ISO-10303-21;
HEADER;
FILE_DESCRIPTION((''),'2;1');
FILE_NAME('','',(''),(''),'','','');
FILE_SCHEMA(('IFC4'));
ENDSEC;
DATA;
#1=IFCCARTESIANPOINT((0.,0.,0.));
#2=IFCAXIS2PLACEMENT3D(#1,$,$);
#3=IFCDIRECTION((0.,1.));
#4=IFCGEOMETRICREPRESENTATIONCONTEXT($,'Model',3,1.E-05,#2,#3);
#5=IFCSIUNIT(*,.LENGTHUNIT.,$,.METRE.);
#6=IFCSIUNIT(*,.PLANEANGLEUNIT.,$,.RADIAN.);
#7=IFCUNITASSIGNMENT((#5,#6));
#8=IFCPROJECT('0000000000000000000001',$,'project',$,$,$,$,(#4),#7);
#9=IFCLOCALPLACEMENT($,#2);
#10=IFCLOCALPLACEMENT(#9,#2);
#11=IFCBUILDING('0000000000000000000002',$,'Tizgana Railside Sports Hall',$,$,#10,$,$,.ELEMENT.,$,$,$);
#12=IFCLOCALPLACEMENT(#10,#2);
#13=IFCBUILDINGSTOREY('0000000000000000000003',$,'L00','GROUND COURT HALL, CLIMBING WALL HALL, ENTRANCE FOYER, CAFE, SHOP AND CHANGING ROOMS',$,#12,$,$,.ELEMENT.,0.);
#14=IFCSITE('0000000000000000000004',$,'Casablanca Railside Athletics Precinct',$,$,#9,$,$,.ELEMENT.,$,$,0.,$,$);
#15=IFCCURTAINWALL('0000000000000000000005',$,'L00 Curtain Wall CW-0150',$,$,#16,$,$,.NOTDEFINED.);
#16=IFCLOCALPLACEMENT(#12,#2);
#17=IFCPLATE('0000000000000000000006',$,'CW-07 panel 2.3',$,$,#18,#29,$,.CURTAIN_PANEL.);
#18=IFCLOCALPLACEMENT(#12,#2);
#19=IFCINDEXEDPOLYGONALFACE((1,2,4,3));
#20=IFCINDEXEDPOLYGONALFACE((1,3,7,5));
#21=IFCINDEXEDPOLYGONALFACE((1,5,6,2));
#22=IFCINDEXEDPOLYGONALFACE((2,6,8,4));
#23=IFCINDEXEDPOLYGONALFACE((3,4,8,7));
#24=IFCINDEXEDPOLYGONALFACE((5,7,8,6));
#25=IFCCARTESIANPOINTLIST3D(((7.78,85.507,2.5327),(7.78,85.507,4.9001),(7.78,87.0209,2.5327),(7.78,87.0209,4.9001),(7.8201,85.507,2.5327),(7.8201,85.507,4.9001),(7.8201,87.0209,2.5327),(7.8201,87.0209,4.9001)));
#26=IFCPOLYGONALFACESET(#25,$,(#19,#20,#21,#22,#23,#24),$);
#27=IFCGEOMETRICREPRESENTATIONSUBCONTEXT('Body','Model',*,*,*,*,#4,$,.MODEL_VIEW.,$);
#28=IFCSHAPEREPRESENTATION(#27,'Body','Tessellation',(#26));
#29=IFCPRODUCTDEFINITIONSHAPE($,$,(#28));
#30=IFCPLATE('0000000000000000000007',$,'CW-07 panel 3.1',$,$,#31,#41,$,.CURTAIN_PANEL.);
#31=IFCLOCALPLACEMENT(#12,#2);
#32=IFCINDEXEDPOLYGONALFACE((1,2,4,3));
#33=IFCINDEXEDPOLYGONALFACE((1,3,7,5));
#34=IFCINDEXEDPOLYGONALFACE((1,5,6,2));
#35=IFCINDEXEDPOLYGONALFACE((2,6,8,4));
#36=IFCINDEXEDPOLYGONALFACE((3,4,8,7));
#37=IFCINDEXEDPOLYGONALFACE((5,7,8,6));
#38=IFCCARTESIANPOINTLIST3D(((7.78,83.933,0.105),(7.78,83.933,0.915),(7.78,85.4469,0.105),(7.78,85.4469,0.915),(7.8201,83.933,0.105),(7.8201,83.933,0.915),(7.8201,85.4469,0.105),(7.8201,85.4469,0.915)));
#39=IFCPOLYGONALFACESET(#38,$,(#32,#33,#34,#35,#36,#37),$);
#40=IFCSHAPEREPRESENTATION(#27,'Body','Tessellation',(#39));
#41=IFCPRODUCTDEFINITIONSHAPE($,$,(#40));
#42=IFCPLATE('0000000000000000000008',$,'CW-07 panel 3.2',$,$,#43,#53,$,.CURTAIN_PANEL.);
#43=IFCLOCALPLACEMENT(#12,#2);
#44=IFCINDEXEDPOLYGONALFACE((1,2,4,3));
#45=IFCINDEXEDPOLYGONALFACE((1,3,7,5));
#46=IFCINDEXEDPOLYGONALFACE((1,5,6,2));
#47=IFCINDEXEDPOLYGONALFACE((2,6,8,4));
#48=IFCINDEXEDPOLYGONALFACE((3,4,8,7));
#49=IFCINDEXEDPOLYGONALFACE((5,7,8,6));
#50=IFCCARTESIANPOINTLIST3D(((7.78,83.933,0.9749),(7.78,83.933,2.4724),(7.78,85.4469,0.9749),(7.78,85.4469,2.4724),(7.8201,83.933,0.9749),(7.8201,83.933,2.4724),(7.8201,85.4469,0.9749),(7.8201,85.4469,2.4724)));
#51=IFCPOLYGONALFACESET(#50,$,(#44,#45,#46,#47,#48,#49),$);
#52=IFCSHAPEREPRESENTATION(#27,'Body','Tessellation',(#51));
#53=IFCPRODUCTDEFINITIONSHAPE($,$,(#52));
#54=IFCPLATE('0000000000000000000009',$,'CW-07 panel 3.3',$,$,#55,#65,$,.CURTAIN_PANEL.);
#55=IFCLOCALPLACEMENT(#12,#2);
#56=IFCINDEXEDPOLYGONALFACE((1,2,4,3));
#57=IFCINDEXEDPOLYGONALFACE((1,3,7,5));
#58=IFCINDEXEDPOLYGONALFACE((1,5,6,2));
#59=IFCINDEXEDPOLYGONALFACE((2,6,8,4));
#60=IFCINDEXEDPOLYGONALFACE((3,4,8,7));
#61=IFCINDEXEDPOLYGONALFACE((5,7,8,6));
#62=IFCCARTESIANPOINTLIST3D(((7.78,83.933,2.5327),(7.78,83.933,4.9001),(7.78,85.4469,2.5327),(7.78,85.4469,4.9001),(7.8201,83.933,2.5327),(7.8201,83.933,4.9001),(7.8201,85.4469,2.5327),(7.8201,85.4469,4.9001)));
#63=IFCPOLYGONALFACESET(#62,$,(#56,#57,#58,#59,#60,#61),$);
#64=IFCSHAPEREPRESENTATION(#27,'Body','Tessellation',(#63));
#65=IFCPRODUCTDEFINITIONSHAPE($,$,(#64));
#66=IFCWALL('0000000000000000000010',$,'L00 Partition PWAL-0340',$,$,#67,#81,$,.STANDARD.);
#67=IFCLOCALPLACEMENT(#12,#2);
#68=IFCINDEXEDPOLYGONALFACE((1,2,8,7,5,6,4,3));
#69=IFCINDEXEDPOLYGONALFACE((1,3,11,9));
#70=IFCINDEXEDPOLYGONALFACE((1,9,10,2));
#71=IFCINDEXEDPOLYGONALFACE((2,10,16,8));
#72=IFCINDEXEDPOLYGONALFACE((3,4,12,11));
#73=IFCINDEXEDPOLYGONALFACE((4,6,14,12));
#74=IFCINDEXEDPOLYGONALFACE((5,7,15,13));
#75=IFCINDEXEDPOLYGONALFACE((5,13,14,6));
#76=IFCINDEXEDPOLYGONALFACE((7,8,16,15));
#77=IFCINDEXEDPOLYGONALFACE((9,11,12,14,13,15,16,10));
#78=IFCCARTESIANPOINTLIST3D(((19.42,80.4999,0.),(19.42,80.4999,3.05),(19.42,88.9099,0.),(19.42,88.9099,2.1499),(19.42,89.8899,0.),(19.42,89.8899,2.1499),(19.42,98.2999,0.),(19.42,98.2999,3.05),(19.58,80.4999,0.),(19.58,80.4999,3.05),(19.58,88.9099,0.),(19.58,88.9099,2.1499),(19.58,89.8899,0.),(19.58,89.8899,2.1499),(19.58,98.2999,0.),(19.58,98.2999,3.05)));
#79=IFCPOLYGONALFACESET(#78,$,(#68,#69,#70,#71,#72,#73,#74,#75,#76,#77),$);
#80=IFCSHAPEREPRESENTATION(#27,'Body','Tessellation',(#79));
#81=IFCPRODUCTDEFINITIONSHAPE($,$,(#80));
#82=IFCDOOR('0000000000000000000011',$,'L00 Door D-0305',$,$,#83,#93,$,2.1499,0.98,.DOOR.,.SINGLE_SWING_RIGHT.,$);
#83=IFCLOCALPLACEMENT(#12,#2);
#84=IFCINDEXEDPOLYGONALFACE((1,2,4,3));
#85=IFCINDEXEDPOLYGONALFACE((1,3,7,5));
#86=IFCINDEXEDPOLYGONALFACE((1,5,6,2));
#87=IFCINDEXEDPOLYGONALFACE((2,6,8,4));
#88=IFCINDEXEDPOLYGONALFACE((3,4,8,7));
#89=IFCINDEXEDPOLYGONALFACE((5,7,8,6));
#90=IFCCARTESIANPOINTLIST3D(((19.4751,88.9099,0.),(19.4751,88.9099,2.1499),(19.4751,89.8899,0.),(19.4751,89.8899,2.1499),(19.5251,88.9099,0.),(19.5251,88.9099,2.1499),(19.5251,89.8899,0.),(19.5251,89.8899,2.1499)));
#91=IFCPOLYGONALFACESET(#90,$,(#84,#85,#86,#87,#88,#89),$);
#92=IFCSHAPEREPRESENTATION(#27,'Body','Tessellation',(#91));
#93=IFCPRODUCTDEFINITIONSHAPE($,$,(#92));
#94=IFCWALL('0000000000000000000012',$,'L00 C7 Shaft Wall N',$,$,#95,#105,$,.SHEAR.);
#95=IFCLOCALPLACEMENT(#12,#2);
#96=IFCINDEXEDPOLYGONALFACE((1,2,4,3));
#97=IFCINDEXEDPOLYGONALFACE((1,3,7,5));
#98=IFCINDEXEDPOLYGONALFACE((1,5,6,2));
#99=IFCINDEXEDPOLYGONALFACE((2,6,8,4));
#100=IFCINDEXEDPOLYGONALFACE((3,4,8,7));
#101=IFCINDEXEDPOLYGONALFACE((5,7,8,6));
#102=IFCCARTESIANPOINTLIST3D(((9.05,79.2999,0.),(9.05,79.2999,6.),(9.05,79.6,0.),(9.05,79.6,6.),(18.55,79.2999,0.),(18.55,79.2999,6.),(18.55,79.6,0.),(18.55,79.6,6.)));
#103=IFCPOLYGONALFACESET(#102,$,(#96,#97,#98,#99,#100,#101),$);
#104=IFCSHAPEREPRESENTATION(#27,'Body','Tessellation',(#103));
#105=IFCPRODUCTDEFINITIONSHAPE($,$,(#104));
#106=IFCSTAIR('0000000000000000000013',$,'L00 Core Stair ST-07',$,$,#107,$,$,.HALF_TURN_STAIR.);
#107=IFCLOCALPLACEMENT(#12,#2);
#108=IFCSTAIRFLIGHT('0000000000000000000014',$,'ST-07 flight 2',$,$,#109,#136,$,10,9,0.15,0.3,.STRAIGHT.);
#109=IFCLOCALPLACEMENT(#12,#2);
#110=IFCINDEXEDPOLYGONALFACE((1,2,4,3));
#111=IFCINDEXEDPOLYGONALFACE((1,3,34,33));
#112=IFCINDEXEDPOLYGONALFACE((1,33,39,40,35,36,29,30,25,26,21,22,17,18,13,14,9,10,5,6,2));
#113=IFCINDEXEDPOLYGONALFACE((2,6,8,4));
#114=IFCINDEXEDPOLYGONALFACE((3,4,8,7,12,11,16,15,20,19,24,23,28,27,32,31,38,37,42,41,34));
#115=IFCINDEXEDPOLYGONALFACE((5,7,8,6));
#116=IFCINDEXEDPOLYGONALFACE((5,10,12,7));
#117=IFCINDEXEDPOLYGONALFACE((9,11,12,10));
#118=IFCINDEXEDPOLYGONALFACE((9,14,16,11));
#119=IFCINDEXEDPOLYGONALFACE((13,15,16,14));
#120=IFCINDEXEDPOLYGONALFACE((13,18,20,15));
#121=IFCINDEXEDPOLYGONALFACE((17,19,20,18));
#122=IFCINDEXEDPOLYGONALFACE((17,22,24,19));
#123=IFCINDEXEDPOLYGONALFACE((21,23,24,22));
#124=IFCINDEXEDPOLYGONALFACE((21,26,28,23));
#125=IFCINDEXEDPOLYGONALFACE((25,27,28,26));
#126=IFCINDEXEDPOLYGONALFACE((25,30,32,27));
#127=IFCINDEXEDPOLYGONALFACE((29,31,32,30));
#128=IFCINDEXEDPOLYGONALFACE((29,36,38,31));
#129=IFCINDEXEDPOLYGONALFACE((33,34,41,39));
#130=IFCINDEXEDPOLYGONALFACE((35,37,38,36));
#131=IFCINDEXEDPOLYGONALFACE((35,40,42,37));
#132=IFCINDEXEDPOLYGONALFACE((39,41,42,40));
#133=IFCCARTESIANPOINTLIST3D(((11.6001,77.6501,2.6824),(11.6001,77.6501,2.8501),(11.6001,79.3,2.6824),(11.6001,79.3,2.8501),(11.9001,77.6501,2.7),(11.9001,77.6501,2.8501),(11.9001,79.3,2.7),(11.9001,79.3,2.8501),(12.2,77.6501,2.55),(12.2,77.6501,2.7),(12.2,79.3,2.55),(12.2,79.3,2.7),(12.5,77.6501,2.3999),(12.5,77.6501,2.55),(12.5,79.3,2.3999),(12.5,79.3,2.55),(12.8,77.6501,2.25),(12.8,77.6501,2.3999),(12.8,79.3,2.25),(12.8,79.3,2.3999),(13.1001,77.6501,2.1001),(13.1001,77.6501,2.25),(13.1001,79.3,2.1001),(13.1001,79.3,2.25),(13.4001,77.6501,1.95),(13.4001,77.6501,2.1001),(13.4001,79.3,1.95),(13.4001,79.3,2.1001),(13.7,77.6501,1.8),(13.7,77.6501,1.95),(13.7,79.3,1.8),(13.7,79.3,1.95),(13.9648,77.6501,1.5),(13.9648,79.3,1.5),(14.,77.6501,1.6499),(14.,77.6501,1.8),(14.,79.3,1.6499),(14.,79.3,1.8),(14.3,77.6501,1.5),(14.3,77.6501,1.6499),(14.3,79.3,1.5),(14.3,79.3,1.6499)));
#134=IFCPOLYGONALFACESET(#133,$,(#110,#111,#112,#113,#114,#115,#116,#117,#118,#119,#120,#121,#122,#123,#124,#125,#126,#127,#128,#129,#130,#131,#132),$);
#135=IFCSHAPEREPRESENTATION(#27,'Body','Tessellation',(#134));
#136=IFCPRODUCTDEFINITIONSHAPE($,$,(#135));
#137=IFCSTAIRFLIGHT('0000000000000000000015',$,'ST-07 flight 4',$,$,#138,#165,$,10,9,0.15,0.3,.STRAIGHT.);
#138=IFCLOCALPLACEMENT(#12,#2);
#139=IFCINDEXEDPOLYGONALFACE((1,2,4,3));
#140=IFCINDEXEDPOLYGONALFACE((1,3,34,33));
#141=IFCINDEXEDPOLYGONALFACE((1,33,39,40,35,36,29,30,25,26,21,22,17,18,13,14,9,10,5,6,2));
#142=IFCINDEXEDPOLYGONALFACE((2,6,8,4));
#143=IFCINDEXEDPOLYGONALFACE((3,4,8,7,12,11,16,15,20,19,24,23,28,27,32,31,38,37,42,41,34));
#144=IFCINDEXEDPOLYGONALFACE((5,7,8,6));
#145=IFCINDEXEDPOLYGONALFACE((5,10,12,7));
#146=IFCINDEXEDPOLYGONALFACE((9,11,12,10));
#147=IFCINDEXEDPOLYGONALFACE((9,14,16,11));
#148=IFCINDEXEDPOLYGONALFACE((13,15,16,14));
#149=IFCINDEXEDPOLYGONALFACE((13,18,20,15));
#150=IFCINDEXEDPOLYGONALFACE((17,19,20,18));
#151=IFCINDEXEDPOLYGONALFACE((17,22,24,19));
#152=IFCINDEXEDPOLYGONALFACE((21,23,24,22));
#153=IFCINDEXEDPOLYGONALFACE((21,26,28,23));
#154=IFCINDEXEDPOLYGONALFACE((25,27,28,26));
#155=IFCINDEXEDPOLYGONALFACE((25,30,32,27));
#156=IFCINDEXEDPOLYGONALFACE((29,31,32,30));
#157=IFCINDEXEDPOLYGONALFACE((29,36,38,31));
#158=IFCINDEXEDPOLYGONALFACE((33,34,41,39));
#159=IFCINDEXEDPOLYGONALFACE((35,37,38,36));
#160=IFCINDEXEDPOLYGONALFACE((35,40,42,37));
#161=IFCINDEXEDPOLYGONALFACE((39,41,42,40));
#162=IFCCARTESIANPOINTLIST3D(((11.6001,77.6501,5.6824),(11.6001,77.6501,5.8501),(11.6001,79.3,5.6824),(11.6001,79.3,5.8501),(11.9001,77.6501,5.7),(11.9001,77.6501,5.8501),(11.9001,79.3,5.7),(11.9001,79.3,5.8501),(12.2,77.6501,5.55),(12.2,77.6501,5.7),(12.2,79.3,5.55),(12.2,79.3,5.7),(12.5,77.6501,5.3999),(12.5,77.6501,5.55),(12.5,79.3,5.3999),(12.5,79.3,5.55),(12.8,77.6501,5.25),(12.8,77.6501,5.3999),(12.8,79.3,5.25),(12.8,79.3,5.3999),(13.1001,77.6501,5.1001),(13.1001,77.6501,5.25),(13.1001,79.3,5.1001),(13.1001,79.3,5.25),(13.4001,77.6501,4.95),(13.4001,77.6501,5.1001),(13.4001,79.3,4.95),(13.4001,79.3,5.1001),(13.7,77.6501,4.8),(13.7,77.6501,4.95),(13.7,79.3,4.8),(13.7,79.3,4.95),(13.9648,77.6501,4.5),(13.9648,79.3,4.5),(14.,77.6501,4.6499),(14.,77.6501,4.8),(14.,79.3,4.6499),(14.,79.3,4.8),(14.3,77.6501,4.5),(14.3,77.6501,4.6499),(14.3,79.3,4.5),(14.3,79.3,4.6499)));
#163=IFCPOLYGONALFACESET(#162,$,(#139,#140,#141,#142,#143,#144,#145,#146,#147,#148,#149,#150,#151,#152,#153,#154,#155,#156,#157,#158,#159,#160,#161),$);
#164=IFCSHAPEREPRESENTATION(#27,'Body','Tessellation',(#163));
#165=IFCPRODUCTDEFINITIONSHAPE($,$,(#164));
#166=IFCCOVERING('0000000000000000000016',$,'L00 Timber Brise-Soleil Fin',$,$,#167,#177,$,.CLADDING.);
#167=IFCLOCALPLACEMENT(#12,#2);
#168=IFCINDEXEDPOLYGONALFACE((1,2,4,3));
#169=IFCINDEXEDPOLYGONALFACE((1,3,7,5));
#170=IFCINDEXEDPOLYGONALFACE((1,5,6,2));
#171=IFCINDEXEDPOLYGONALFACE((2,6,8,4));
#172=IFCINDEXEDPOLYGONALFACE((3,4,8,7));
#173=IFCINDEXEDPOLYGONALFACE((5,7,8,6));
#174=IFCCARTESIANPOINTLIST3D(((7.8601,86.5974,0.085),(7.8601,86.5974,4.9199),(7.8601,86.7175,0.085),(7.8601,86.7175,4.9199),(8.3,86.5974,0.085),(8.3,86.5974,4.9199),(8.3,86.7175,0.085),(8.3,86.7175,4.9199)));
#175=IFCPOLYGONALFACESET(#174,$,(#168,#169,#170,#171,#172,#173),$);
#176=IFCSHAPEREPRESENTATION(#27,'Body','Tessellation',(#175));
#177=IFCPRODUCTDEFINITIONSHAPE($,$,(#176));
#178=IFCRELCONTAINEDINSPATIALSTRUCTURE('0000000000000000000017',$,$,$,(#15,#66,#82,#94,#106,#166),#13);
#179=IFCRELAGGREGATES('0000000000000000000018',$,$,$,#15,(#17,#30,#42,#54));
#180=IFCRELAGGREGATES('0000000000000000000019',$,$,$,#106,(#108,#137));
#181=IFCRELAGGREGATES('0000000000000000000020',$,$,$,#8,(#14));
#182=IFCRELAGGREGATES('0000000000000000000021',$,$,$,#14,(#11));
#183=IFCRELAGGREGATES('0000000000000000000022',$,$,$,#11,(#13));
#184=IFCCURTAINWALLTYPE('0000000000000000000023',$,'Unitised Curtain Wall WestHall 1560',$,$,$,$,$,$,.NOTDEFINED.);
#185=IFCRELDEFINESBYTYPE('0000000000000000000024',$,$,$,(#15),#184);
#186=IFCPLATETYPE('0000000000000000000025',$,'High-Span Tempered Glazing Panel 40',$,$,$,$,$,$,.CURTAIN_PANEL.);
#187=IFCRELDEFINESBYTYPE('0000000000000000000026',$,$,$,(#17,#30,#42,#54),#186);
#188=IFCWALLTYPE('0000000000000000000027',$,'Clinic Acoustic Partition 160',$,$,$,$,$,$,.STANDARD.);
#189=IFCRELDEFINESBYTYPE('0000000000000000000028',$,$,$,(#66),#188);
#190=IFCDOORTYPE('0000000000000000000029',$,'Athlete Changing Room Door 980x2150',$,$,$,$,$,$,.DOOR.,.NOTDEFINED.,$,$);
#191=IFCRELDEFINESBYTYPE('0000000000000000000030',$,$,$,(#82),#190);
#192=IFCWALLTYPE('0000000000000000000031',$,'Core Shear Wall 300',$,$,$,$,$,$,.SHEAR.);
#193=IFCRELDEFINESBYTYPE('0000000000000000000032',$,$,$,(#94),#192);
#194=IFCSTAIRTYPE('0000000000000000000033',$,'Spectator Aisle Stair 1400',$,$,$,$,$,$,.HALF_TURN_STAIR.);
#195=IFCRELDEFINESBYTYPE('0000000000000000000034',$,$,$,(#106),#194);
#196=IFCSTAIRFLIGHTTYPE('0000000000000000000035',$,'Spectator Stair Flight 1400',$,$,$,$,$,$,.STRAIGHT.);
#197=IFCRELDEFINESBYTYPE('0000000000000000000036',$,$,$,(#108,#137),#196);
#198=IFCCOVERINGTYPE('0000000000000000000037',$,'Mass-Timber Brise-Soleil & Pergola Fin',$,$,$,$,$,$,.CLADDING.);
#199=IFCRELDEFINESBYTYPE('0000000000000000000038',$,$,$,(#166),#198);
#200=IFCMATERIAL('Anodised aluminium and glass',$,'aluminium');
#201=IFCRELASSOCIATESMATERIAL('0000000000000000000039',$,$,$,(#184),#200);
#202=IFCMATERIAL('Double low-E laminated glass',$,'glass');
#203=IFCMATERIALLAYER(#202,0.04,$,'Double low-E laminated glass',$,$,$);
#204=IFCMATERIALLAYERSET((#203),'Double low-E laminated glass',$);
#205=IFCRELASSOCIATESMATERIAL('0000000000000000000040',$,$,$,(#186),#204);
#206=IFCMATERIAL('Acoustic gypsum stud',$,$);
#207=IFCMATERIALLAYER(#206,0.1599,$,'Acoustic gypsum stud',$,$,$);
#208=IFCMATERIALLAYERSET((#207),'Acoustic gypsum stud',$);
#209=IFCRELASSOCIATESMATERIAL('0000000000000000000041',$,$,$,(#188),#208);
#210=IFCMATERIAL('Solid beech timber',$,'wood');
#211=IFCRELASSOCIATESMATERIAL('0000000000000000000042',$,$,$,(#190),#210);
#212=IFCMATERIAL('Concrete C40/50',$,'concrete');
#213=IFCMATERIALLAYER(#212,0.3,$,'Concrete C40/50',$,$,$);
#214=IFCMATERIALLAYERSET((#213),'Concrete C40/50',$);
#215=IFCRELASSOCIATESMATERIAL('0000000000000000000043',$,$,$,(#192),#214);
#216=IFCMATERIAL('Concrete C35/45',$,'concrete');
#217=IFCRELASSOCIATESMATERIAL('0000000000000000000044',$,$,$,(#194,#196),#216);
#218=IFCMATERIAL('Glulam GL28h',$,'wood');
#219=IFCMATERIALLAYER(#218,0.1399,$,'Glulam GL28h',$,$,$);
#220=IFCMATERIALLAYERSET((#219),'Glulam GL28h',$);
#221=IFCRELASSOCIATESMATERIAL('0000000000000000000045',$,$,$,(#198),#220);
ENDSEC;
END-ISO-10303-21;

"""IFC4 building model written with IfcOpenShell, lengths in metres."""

from ifc_helpers import new_model, si_unit, direction, frame, frame_2d, origin, origin_2d, place, context, subcontext, project, spatial, polyline, rectangle, outline, extrude, material, layer, layer_set, type_object, element, fill, aggregate, save


model = new_model("IFC4")

# Units and contexts
model_context = context("Model", 3, precision=1e-05, world=origin(), true_north=direction((0.0, 1.0)))
body_context = subcontext(model_context, "Body", "Model", "MODEL_VIEW")
ifc_project = project(units=[si_unit("LENGTHUNIT", "METRE"), si_unit("PLANEANGLEUNIT", "RADIAN")], contexts=[model_context])

# Site, building, storey
site_placement = place(None, origin())
site = spatial("IfcSite", under=ifc_project, at=site_placement, Name="Casablanca Railside Athletics Precinct", CompositionType="ELEMENT", RefElevation=0.0)
building_placement = place(site_placement, origin())
building = spatial("IfcBuilding", under=site, at=building_placement, Name="Tizgana Railside Sports Hall", CompositionType="ELEMENT")
storey_placement = place(building_placement, origin())
storey = spatial("IfcBuildingStorey", under=building, at=storey_placement, Name="L00", Description="GROUND COURT HALL, CLIMBING WALL HALL, ENTRANCE FOYER, CAFE, SHOP AND CHANGING ROOMS", CompositionType="ELEMENT", Elevation=0.0)

# Shared definitions
ifc_material_1 = material(Name="Concrete C40/50", Category="concrete")

# Shared definitions
ifc_material_2 = material(Name="Concrete C35/45", Category="concrete")

# Curtain wall, plates
ifc_material_3 = material(Name="Anodised aluminium and glass", Category="aluminium")
curtain_wall_type = type_object("IfcCurtainWallType", Name="Unitised Curtain Wall WestHall 1560", PredefinedType="NOTDEFINED", material=ifc_material_3)
curtain_wall_placement = place(storey_placement, origin())
curtain_wall = element("IfcCurtainWall", 1, at=curtain_wall_placement, inside=storey, type_object=curtain_wall_type, Name="L00 Curtain Wall CW-0150", PredefinedType="NOTDEFINED")
ifc_material_4 = material(Name="Double low-E laminated glass", Category="glass")
ifc_layer_1 = layer(ifc_material_4, 0.04, Name="Double low-E laminated glass")
ifc_layer_set_1 = layer_set([ifc_layer_1], Name="Double low-E laminated glass")
plate_type = type_object("IfcPlateType", Name="High-Span Tempered Glazing Panel 40", PredefinedType="CURTAIN_PANEL", material=ifc_layer_set_1)
plate_1_placement = place(storey_placement, frame((7.8, 86.2639, 2.5327), z_axis=(0.0, 0.0, 1.0), x_axis=(0.0, -1.0, 0.0)))
plate_1 = element("IfcPlate", 2, at=plate_1_placement, type_object=plate_type, Name="CW-07 panel 2.3", PredefinedType="CURTAIN_PANEL", context=body_context, shape_type="SweptSolid", body=[
    extrude(rectangle(XDim=1.5139, YDim=0.04, at=origin_2d()), origin(), (0.0, 0.0, 1.0), 2.3674),
])
plate_2_placement = place(storey_placement, frame((7.8, 84.6899, 0.105), z_axis=(0.0, 0.0, 1.0), x_axis=(0.0, -1.0, 0.0)))
plate_2 = element("IfcPlate", 3, at=plate_2_placement, type_object=plate_type, Name="CW-07 panel 3.1", PredefinedType="CURTAIN_PANEL", context=body_context, shape_type="SweptSolid", body=[
    extrude(rectangle(XDim=1.5139, YDim=0.04, at=origin_2d()), origin(), (0.0, 0.0, 1.0), 0.8101),
])
plate_3_placement = place(storey_placement, frame((7.8, 84.6899, 0.9749), z_axis=(0.0, 0.0, 1.0), x_axis=(0.0, -1.0, 0.0)))
plate_3 = element("IfcPlate", 4, at=plate_3_placement, type_object=plate_type, Name="CW-07 panel 3.2", PredefinedType="CURTAIN_PANEL", context=body_context, shape_type="SweptSolid", body=[
    extrude(rectangle(XDim=1.5139, YDim=0.04, at=origin_2d()), origin(), (0.0, 0.0, 1.0), 1.4976),
])
plate_4_placement = place(storey_placement, frame((7.8, 84.6899, 2.5327), z_axis=(0.0, 0.0, 1.0), x_axis=(0.0, -1.0, 0.0)))
plate_4 = element("IfcPlate", 5, at=plate_4_placement, type_object=plate_type, Name="CW-07 panel 3.3", PredefinedType="CURTAIN_PANEL", context=body_context, shape_type="SweptSolid", body=[
    extrude(rectangle(XDim=1.5139, YDim=0.04, at=origin_2d()), origin(), (0.0, 0.0, 1.0), 2.3674),
])
aggregate(curtain_wall, [plate_1, plate_2, plate_3, plate_4])

# Wall, opening, door
ifc_material_5 = material(Name="Acoustic gypsum stud")
ifc_layer_2 = layer(ifc_material_5, 0.1599, Name="Acoustic gypsum stud")
ifc_layer_set_2 = layer_set([ifc_layer_2], Name="Acoustic gypsum stud")
wall_type_1 = type_object("IfcWallType", Name="Clinic Acoustic Partition 160", PredefinedType="STANDARD", material=ifc_layer_set_2)
wall_1_placement = place(storey_placement, frame((19.5, 80.5, 0.0), z_axis=(0.0, 0.0, 1.0), x_axis=(0.0, 1.0, 0.0)))
wall_1 = element("IfcWall", 6, at=wall_1_placement, inside=storey, type_object=wall_type_1, Name="L00 Partition PWAL-0340", PredefinedType="STANDARD", context=body_context, shape_type="SweptSolid", body=[
    extrude(rectangle(XDim=17.8, YDim=0.1599, at=frame_2d((8.8999, 0.0))), origin(), (0.0, 0.0, 1.0), 3.05),
])
opening_placement = place(wall_1_placement, frame((8.4099, 0.0, 0.0)))
opening = element("IfcOpeningElement", 7, at=opening_placement, cuts=wall_1, PredefinedType="OPENING", context=body_context, shape_type="SweptSolid", body=[
    extrude(rectangle(XDim=0.98, YDim=2.1499, at=frame_2d((0.49, 1.075))), frame((0.0, 0.0898, 0.0), z_axis=(0.0, -1.0, 0.0), x_axis=(1.0, 0.0, 0.0)), (0.0, 0.0, 1.0), 0.1799),
])
ifc_material_6 = material(Name="Solid beech timber", Category="wood")
door_type = type_object("IfcDoorType", Name="Athlete Changing Room Door 980x2150", OperationType="NOTDEFINED", PredefinedType="DOOR", material=ifc_material_6)
door_placement = place(opening_placement, origin())
door = element("IfcDoor", 8, at=door_placement, inside=storey, type_object=door_type, Name="L00 Door D-0305", OperationType="SINGLE_SWING_RIGHT", OverallHeight=2.1499, OverallWidth=0.98, PredefinedType="DOOR", context=body_context, shape_type="SweptSolid", body=[
    extrude(rectangle(XDim=0.98, YDim=2.1499, at=frame_2d((0.49, 1.075))), frame((0.0, 0.0249, 0.0), z_axis=(0.0, -1.0, 0.0), x_axis=(1.0, 0.0, 0.0)), (0.0, 0.0, 1.0), 0.05),
])
fill(opening, door)

# Wall
ifc_layer_3 = layer(ifc_material_1, 0.3, Name="Concrete C40/50")
ifc_layer_set_3 = layer_set([ifc_layer_3], Name="Concrete C40/50")
wall_type_2 = type_object("IfcWallType", Name="Core Shear Wall 300", PredefinedType="SHEAR", material=ifc_layer_set_3)
wall_2_placement = place(storey_placement, frame((9.05, 79.45, 0.0), z_axis=(0.0, 0.0, 1.0), x_axis=(1.0, 0.0, 0.0)))
element("IfcWall", 9, at=wall_2_placement, inside=storey, type_object=wall_type_2, Name="L00 C7 Shaft Wall N", PredefinedType="SHEAR", context=body_context, shape_type="SweptSolid", body=[
    extrude(rectangle(XDim=9.5, YDim=0.3, at=frame_2d((4.75, 0.0))), origin(), (0.0, 0.0, 1.0), 6.0),
])

# Stair, stair flights
stair_type = type_object("IfcStairType", Name="Spectator Aisle Stair 1400", PredefinedType="HALF_TURN_STAIR", material=ifc_material_2)
stair_placement = place(storey_placement, origin())
stair = element("IfcStair", 10, at=stair_placement, inside=storey, type_object=stair_type, Name="L00 Core Stair ST-07", PredefinedType="HALF_TURN_STAIR")
stair_flight_type = type_object("IfcStairFlightType", Name="Spectator Stair Flight 1400", PredefinedType="STRAIGHT", material=ifc_material_2)
stair_flight_1_placement = place(storey_placement, frame((14.3, 78.4751, 1.5), z_axis=(0.0, 0.0, 1.0), x_axis=(-1.0, 0.0, 0.0)))
stair_flight_1 = element("IfcStairFlight", 11, at=stair_flight_1_placement, type_object=stair_flight_type, Name="ST-07 flight 2", NumberOfRisers=10, NumberOfTreads=9, PredefinedType="STRAIGHT", RiserHeight=0.15, TreadLength=0.3, context=body_context, shape_type="SweptSolid", body=[
    extrude(outline(polyline([(0.0, 0.0), (0.0, 0.1499), (0.3, 0.1499), (0.3, 0.3), (0.6001, 0.3), (0.6001, 0.45), (0.8999, 0.45), (0.8999, 0.6001), (1.2, 0.6001), (1.2, 0.75), (1.5, 0.75), (1.5, 0.8999), (1.8, 0.8999), (1.8, 1.05), (2.1001, 1.05), (2.1001, 1.2), (2.3999, 1.2), (2.3999, 1.3501), (2.7, 1.3501), (2.7, 1.5), (2.7, 1.1824), (0.3352, 0.0), (0.0, 0.0)])), frame((0.0, 0.825, 0.0), z_axis=(0.0, -1.0, 0.0), x_axis=(1.0, 0.0, 0.0)), (0.0, 0.0, 1.0), 1.6499),
])
stair_flight_2_placement = place(storey_placement, frame((14.3, 78.4751, 4.5), z_axis=(0.0, 0.0, 1.0), x_axis=(-1.0, 0.0, 0.0)))
stair_flight_2 = element("IfcStairFlight", 12, at=stair_flight_2_placement, type_object=stair_flight_type, Name="ST-07 flight 4", NumberOfRisers=10, NumberOfTreads=9, PredefinedType="STRAIGHT", RiserHeight=0.15, TreadLength=0.3, context=body_context, shape_type="SweptSolid", body=[
    extrude(outline(polyline([(0.0, 0.0), (0.0, 0.1499), (0.3, 0.1499), (0.3, 0.3), (0.6001, 0.3), (0.6001, 0.45), (0.8999, 0.45), (0.8999, 0.6001), (1.2, 0.6001), (1.2, 0.75), (1.5, 0.75), (1.5, 0.8999), (1.8, 0.8999), (1.8, 1.05), (2.1001, 1.05), (2.1001, 1.2), (2.3999, 1.2), (2.3999, 1.3501), (2.7, 1.3501), (2.7, 1.5), (2.7, 1.1824), (0.3352, 0.0), (0.0, 0.0)])), frame((0.0, 0.825, 0.0), z_axis=(0.0, -1.0, 0.0), x_axis=(1.0, 0.0, 0.0)), (0.0, 0.0, 1.0), 1.6499),
])
aggregate(stair, [stair_flight_1, stair_flight_2])

# Covering
ifc_material_7 = material(Name="Glulam GL28h", Category="wood")
ifc_layer_4 = layer(ifc_material_7, 0.1399, Name="Glulam GL28h")
ifc_layer_set_4 = layer_set([ifc_layer_4], Name="Glulam GL28h")
covering_type = type_object("IfcCoveringType", Name="Mass-Timber Brise-Soleil & Pergola Fin", PredefinedType="CLADDING", material=ifc_layer_set_4)
for number, where, z_axis, x_axis, name in (
    (13, (8.0801, 86.6575, 0.085), (0.0, 0.0, 1.0), (0.0, -1.0, 0.0), "L00 Timber Brise-Soleil Fin"),
):
    element("IfcCovering", number, at=place(storey_placement, frame(where, z_axis=z_axis, x_axis=x_axis)), inside=storey, type_object=covering_type, Name=name, PredefinedType="CLADDING", context=body_context, shape_type="SweptSolid", body=[
        extrude(rectangle(XDim=0.1201, YDim=0.4399, at=origin_2d()), origin(), (0.0, 0.0, 1.0), 4.835),
    ])

save(model, "model.ifc")
